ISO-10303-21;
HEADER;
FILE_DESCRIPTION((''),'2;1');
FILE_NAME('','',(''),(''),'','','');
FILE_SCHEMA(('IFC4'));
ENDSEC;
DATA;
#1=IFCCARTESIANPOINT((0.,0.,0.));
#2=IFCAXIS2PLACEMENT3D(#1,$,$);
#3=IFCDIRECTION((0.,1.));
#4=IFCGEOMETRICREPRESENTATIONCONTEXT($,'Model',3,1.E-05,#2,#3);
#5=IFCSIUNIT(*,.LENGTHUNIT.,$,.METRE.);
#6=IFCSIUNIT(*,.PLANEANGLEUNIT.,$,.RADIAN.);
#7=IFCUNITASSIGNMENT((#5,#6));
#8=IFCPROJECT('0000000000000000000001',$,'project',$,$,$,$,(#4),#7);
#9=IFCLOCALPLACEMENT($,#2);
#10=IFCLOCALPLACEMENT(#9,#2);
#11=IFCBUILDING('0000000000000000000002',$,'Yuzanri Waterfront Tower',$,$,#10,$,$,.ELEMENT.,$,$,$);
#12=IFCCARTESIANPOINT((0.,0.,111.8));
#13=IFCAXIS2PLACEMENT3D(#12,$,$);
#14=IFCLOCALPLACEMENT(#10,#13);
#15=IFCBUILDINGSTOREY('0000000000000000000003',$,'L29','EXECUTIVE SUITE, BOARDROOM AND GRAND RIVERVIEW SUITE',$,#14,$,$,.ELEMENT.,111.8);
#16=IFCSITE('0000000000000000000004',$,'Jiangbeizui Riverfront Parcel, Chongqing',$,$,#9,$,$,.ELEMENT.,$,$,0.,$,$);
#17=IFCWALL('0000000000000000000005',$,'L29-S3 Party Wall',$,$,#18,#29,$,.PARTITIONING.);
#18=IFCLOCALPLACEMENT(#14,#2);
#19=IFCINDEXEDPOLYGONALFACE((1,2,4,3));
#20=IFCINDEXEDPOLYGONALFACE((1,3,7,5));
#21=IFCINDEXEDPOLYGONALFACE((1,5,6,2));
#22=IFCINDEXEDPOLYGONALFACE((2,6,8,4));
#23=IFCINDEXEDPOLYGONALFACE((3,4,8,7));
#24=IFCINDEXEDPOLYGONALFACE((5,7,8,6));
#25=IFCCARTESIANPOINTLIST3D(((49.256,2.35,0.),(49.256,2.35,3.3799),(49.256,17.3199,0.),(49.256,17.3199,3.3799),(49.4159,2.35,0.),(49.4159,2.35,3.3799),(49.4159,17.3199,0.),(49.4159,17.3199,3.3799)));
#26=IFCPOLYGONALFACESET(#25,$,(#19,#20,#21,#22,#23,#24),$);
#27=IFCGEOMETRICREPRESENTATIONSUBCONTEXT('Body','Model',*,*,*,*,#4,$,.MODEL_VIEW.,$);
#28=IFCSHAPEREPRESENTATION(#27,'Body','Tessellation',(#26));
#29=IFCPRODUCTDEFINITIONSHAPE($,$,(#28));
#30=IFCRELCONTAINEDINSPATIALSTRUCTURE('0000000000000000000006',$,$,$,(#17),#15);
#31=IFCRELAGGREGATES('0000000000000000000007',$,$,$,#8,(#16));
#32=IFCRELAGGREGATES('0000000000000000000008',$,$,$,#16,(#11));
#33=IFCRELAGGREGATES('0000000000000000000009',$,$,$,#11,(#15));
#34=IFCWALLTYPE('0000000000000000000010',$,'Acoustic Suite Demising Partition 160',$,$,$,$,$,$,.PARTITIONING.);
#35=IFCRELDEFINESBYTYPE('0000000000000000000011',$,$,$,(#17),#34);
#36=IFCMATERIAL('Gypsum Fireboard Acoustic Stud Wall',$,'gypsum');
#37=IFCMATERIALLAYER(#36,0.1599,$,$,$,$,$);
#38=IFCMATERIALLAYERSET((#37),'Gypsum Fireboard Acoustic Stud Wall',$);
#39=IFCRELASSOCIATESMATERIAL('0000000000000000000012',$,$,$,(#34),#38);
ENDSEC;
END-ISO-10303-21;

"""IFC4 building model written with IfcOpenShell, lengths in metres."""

from ifc_helpers import new_model, si_unit, direction, frame, frame_2d, origin, place, context, subcontext, project, spatial, rectangle, extrude, source, transform, mapped, material, layer, layer_set, type_object, element, save


model = new_model("IFC4")

# Units and contexts
model_context = context("Model", 3, precision=1e-05, world=origin(), true_north=direction((0.0, 1.0)))
body_context = subcontext(model_context, "Body", "Model", "MODEL_VIEW")
ifc_project = project(units=[si_unit("LENGTHUNIT", "METRE"), si_unit("PLANEANGLEUNIT", "RADIAN")], contexts=[model_context])

# Site, building, storey
site_placement = place(None, origin())
site = spatial("IfcSite", under=ifc_project, at=site_placement, Name="Jiangbeizui Riverfront Parcel, Chongqing", CompositionType="ELEMENT", RefElevation=0.0)
building_placement = place(site_placement, origin())
building = spatial("IfcBuilding", under=site, at=building_placement, Name="Yuzanri Waterfront Tower", CompositionType="ELEMENT")
storey_placement = place(building_placement, frame((0.0, 0.0, 111.8)))
storey = spatial("IfcBuildingStorey", under=building, at=storey_placement, Name="L29", Description="EXECUTIVE SUITE, BOARDROOM AND GRAND RIVERVIEW SUITE", CompositionType="ELEMENT", Elevation=111.8)

# Wall
ifc_material_1 = material(Name="Gypsum Fireboard Acoustic Stud Wall", Category="gypsum")
ifc_layer_1 = layer(ifc_material_1, 0.1599)
ifc_layer_set_1 = layer_set([ifc_layer_1], Name="Gypsum Fireboard Acoustic Stud Wall")
wall_type_1 = type_object("IfcWallType", Name="Acoustic Suite Demising Partition 160", PredefinedType="PARTITIONING", material=ifc_layer_set_1)
shared_shape_1 = source(origin(), body_context, "Body", "SweptSolid", [
    extrude(rectangle(XDim=14.97, YDim=0.1599, at=frame_2d((7.4849, 0.0))), origin(), (0.0, 0.0, 1.0), 3.3799),
])
wall_1_placement = place(storey_placement, frame((49.3359, 2.3501, 0.0), z_axis=(0.0, 0.0, 1.0), x_axis=(0.0, 1.0, 0.0)))
element("IfcWall", 1, at=wall_1_placement, inside=storey, type_object=wall_type_1, Name="L29-S3 Party Wall", PredefinedType="PARTITIONING", context=body_context, shape_type="MappedRepresentation", body=[
    mapped(shared_shape_1, transform((0.0, 0.0, 0.0), scale=1.0)),
])

save(model, "model.ifc")
